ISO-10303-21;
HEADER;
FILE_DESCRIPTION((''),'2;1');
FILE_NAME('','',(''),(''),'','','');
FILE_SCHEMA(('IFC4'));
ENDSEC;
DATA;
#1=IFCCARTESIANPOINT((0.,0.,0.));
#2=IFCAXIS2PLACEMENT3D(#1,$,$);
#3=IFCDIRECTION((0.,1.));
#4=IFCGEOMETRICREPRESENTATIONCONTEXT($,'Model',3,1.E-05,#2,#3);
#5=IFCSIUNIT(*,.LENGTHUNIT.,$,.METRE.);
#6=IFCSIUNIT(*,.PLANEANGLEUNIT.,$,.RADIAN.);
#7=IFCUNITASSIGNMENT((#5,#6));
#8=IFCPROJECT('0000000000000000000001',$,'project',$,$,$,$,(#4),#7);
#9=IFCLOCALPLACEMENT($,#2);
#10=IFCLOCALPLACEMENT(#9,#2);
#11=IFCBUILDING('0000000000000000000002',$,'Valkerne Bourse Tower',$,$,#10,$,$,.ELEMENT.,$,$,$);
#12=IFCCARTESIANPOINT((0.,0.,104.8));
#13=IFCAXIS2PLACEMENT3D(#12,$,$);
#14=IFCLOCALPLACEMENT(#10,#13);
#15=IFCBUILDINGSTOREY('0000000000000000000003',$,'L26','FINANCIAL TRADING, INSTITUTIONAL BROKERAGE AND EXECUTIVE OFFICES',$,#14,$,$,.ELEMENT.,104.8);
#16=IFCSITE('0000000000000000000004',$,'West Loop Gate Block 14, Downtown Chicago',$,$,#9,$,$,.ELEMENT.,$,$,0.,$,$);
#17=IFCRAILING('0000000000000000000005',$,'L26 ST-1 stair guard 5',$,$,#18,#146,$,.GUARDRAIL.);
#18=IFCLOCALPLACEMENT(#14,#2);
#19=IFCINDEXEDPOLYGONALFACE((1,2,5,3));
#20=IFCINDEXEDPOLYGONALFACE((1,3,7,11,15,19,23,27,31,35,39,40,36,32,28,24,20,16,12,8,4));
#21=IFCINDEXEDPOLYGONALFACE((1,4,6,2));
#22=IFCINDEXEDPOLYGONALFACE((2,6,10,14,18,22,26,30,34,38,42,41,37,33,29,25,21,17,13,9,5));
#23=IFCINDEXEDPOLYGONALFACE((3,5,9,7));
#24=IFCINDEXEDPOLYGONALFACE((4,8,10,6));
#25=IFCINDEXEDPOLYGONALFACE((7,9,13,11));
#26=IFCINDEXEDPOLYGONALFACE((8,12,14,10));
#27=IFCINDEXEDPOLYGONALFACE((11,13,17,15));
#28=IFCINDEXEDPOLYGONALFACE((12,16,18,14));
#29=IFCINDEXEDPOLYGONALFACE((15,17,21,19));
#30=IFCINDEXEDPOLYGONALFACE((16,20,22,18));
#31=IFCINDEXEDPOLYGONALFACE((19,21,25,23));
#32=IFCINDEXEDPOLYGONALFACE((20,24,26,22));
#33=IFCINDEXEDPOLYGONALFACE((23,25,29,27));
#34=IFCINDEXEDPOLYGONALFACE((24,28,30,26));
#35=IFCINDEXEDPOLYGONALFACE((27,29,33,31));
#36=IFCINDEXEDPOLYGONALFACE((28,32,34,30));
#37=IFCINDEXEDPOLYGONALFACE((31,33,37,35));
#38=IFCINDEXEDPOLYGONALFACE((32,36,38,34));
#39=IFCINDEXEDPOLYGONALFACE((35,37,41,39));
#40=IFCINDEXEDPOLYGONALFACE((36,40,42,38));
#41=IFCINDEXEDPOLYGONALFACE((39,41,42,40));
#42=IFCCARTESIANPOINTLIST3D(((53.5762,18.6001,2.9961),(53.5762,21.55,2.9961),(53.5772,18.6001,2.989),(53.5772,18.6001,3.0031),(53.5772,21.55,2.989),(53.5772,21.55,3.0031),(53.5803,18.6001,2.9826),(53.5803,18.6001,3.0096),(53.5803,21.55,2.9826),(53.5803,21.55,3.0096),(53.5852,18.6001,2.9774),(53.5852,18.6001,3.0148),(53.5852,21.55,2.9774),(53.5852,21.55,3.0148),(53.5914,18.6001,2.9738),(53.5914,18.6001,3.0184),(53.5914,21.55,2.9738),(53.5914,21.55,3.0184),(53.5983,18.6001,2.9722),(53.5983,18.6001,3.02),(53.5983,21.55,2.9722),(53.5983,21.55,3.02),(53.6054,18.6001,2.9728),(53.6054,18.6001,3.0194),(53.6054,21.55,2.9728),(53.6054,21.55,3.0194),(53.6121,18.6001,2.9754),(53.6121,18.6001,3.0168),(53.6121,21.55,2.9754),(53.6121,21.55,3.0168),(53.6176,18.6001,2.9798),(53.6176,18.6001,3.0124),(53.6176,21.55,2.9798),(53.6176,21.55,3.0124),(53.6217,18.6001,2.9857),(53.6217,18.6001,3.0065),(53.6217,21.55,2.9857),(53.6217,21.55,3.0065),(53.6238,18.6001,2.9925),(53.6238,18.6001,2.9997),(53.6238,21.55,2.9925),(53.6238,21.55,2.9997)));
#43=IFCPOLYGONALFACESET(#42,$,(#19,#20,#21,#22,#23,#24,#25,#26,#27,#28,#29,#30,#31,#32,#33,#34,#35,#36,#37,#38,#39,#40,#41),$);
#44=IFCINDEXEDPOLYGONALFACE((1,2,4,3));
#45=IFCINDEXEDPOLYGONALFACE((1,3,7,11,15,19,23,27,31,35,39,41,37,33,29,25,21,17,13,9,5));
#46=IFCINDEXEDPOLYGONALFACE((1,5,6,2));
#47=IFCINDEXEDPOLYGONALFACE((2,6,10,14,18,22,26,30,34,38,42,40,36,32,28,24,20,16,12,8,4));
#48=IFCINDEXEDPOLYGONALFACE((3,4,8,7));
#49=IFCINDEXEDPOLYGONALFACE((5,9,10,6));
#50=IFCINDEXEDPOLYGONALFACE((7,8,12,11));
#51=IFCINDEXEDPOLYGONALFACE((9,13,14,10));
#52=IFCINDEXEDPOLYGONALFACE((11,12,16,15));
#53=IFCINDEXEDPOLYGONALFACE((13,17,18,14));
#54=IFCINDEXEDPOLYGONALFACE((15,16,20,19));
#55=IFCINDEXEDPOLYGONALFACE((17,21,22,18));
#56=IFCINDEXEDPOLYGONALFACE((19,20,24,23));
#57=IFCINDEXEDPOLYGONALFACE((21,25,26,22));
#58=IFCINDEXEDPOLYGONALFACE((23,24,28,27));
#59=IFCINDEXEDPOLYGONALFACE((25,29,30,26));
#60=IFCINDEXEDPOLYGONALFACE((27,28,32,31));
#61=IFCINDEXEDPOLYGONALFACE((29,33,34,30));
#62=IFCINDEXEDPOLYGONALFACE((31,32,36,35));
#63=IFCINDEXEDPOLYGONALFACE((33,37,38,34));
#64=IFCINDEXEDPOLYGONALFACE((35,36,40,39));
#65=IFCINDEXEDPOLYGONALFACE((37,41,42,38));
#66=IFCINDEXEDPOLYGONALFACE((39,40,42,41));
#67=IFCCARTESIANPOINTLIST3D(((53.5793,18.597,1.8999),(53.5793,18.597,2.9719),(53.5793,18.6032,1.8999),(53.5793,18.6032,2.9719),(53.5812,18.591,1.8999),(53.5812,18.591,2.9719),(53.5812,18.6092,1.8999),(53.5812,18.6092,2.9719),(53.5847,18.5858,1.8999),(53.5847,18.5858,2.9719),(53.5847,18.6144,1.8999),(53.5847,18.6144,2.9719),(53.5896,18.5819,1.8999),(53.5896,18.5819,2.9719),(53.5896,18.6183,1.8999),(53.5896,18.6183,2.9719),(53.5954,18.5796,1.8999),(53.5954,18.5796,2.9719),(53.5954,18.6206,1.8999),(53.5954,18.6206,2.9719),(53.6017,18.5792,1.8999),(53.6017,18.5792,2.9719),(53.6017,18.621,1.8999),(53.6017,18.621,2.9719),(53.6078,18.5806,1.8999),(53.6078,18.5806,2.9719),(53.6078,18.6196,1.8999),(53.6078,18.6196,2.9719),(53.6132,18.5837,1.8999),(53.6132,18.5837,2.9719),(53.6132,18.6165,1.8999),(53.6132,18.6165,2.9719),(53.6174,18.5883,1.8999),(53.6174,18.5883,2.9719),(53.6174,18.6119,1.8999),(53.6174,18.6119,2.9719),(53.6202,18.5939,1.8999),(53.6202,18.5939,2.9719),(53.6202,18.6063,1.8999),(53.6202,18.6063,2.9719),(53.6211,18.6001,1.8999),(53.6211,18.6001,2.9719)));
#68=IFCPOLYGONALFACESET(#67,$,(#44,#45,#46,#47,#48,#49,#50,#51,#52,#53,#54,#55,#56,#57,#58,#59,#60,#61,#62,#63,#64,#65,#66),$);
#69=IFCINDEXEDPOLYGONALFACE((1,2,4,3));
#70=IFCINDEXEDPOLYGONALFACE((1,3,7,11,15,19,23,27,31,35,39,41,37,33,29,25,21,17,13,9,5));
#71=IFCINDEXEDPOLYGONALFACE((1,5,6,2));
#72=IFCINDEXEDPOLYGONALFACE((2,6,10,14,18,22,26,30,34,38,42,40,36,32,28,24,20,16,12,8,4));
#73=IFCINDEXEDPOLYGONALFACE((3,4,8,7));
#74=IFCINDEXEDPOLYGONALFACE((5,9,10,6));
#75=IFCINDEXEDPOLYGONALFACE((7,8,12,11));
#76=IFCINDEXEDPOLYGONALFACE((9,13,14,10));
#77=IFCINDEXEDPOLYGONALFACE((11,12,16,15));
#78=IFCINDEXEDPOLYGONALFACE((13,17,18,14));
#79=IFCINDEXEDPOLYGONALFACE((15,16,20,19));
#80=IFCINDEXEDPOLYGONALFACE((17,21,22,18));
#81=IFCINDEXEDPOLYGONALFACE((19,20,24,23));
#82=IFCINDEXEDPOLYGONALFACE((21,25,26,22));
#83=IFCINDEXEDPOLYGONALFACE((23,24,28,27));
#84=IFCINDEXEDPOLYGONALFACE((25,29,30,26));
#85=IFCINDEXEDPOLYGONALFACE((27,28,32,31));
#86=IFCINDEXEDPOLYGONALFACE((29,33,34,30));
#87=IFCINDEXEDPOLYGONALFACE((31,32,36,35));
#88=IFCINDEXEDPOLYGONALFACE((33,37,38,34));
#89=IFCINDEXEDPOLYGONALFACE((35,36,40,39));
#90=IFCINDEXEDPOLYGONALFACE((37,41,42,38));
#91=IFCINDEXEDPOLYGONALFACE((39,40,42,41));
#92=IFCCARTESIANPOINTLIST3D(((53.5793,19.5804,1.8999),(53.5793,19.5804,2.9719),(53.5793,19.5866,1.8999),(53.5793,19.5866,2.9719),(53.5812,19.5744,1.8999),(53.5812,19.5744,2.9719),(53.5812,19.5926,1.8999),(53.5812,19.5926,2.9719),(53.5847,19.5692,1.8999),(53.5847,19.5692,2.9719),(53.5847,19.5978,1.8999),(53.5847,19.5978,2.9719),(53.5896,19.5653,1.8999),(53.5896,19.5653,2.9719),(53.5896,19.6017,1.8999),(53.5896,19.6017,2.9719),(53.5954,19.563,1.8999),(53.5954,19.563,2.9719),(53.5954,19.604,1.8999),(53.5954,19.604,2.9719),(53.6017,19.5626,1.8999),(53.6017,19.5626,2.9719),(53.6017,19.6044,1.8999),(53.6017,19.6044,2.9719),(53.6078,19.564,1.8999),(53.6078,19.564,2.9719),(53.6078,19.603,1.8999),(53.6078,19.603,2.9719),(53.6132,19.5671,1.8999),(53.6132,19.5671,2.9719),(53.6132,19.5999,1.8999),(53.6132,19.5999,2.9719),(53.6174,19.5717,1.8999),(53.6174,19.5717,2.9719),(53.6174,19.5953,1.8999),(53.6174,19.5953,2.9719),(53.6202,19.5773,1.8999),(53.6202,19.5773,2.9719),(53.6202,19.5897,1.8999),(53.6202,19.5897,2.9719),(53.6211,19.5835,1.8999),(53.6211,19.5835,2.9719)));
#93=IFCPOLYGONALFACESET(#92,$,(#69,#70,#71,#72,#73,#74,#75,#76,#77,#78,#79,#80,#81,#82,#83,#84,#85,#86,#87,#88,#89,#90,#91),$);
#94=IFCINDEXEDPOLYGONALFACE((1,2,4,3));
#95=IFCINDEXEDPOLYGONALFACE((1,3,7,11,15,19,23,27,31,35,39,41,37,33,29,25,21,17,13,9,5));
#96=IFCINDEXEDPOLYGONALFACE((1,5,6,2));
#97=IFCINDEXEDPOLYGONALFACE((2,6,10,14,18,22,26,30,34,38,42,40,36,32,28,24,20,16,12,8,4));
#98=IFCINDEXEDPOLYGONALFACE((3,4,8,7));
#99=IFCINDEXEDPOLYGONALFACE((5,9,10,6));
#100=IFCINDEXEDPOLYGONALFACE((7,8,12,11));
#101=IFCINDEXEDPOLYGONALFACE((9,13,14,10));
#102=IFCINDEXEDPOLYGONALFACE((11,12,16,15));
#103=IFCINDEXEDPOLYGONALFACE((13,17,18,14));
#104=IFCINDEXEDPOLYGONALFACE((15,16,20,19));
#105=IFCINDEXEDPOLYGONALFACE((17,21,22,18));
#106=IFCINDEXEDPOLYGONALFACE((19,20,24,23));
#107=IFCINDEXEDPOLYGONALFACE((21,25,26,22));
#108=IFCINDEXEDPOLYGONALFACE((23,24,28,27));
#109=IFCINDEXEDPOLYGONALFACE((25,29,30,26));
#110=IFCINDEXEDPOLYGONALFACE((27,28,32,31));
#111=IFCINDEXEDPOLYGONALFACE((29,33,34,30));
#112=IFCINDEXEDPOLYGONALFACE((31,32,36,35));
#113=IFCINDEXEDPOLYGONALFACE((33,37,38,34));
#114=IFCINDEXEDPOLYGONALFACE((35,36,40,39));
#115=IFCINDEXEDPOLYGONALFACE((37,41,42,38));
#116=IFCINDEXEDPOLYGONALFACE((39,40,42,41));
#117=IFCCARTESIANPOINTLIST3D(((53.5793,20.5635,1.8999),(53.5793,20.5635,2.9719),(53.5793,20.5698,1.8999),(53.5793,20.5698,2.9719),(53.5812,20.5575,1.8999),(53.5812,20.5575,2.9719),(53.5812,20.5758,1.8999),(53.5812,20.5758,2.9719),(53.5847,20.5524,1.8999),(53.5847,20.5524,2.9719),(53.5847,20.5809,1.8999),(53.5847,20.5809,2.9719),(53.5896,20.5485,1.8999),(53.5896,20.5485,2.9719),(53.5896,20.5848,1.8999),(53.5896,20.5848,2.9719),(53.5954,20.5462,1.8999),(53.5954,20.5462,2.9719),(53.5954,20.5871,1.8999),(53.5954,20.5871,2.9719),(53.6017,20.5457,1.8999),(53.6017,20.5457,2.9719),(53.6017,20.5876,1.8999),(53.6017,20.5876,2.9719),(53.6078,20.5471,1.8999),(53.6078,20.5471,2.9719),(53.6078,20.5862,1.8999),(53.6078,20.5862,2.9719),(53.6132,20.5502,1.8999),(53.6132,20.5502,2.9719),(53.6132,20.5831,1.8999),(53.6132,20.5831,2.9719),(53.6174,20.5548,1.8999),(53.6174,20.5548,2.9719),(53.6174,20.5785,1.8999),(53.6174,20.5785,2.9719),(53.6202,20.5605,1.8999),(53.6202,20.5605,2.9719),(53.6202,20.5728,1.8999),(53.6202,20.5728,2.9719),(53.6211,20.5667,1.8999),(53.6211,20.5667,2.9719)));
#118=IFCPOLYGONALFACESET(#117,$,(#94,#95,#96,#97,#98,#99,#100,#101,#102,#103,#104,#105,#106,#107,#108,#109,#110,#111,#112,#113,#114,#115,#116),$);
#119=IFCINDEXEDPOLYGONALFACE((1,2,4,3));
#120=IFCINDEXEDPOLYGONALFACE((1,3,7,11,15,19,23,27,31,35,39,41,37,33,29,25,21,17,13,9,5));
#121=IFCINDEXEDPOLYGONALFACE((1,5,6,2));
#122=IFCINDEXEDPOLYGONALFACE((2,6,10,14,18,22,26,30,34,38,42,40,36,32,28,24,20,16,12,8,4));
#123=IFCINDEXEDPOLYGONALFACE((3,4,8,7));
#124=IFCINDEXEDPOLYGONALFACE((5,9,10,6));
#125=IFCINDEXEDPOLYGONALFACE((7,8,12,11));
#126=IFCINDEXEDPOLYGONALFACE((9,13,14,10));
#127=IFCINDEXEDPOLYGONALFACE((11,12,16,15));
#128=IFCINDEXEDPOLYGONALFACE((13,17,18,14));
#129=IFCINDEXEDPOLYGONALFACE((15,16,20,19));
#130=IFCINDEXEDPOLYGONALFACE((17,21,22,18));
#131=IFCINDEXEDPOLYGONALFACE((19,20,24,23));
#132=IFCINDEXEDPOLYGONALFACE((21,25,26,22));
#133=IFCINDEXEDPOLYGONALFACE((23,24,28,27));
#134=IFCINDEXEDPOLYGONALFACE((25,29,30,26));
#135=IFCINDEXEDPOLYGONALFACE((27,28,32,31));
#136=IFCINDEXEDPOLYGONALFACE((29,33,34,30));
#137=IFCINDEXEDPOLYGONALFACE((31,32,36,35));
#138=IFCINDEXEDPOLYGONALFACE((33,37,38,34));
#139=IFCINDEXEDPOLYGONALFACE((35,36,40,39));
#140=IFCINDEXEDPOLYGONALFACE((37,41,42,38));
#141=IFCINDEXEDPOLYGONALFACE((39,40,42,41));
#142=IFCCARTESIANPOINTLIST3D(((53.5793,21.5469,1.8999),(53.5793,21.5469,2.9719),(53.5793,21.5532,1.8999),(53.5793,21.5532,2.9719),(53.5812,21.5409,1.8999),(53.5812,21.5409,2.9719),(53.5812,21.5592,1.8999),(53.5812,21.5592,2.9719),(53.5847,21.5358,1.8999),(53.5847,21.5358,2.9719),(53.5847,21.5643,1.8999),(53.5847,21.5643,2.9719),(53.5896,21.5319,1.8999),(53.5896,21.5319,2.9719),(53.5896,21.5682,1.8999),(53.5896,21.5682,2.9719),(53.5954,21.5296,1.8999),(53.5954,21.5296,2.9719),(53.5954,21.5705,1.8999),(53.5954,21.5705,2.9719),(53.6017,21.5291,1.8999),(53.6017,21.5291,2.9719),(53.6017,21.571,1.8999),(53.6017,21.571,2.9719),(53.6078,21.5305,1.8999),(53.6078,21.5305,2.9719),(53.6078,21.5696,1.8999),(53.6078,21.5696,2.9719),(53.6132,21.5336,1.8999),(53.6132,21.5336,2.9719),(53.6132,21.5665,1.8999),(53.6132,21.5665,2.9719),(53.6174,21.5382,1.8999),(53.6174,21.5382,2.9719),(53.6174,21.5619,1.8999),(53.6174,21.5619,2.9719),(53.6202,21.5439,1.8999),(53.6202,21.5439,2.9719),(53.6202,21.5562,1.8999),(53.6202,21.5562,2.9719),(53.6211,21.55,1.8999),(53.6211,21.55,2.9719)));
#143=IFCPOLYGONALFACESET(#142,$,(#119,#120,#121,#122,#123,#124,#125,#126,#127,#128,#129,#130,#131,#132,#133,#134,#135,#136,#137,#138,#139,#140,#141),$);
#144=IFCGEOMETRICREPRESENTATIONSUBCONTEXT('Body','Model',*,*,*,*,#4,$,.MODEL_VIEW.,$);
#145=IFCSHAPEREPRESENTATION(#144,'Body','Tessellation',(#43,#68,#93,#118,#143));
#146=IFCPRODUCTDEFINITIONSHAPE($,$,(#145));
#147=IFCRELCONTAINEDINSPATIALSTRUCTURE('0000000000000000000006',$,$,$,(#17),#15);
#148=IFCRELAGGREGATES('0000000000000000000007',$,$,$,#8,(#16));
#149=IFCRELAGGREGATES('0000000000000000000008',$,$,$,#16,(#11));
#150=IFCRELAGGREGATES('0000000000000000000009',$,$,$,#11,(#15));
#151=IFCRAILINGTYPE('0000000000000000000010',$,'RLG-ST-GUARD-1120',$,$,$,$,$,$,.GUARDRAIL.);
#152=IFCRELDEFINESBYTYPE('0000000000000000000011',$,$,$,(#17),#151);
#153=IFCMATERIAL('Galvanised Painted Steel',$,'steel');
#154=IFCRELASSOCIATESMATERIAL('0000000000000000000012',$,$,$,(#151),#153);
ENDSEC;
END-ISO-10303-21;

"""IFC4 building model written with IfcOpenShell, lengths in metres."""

from ifc_helpers import new_model, si_unit, direction, frame, origin, origin_2d, place, context, subcontext, project, spatial, circle, extrude, material, type_object, element, save


model = new_model("IFC4")

# Units and contexts
model_context = context("Model", 3, precision=1e-05, world=origin(), true_north=direction((0.0, 1.0)))
body_context = subcontext(model_context, "Body", "Model", "MODEL_VIEW")
ifc_project = project(units=[si_unit("LENGTHUNIT", "METRE"), si_unit("PLANEANGLEUNIT", "RADIAN")], contexts=[model_context])

# Site, building, storey
site_placement = place(None, origin())
site = spatial("IfcSite", under=ifc_project, at=site_placement, Name="West Loop Gate Block 14, Downtown Chicago", CompositionType="ELEMENT", RefElevation=0.0)
building_placement = place(site_placement, origin())
building = spatial("IfcBuilding", under=site, at=building_placement, Name="Valkerne Bourse Tower", CompositionType="ELEMENT")
storey_placement = place(building_placement, frame((0.0, 0.0, 104.8)))
storey = spatial("IfcBuildingStorey", under=building, at=storey_placement, Name="L26", Description="FINANCIAL TRADING, INSTITUTIONAL BROKERAGE AND EXECUTIVE OFFICES", CompositionType="ELEMENT", Elevation=104.8)

# Shared definitions
ifc_material_1 = material(Name="Galvanised Painted Steel", Category="steel")

# Railing
railing_type = type_object("IfcRailingType", Name="RLG-ST-GUARD-1120", PredefinedType="GUARDRAIL", material=ifc_material_1)
railing_1_placement = place(storey_placement, frame((53.6001, 18.6001, 1.8999)))
element("IfcRailing", 1, at=railing_1_placement, inside=storey, type_object=railing_type, Name="L26 ST-1 stair guard 5", PredefinedType="GUARDRAIL", context=body_context, shape_type="SweptSolid", body=[
    extrude(circle(Radius=0.0239, at=origin_2d()), frame((0.0, 0.0, 1.0962), z_axis=(0.0, 1.0, 0.0), x_axis=(-1.0, 0.0, 0.0)), (0.0, 0.0, 1.0), 2.95),
    extrude(circle(Radius=0.021, at=origin_2d()), origin(), (0.0, 0.0, 1.0), 1.072),
    extrude(circle(Radius=0.021, at=origin_2d()), frame((0.0, 0.9834, 0.0)), (0.0, 0.0, 1.0), 1.072),
    extrude(circle(Radius=0.021, at=origin_2d()), frame((0.0, 1.9666, 0.0)), (0.0, 0.0, 1.0), 1.072),
    extrude(circle(Radius=0.021, at=origin_2d()), frame((0.0, 2.95, 0.0)), (0.0, 0.0, 1.0), 1.072),
])

save(model, "model.ifc")
